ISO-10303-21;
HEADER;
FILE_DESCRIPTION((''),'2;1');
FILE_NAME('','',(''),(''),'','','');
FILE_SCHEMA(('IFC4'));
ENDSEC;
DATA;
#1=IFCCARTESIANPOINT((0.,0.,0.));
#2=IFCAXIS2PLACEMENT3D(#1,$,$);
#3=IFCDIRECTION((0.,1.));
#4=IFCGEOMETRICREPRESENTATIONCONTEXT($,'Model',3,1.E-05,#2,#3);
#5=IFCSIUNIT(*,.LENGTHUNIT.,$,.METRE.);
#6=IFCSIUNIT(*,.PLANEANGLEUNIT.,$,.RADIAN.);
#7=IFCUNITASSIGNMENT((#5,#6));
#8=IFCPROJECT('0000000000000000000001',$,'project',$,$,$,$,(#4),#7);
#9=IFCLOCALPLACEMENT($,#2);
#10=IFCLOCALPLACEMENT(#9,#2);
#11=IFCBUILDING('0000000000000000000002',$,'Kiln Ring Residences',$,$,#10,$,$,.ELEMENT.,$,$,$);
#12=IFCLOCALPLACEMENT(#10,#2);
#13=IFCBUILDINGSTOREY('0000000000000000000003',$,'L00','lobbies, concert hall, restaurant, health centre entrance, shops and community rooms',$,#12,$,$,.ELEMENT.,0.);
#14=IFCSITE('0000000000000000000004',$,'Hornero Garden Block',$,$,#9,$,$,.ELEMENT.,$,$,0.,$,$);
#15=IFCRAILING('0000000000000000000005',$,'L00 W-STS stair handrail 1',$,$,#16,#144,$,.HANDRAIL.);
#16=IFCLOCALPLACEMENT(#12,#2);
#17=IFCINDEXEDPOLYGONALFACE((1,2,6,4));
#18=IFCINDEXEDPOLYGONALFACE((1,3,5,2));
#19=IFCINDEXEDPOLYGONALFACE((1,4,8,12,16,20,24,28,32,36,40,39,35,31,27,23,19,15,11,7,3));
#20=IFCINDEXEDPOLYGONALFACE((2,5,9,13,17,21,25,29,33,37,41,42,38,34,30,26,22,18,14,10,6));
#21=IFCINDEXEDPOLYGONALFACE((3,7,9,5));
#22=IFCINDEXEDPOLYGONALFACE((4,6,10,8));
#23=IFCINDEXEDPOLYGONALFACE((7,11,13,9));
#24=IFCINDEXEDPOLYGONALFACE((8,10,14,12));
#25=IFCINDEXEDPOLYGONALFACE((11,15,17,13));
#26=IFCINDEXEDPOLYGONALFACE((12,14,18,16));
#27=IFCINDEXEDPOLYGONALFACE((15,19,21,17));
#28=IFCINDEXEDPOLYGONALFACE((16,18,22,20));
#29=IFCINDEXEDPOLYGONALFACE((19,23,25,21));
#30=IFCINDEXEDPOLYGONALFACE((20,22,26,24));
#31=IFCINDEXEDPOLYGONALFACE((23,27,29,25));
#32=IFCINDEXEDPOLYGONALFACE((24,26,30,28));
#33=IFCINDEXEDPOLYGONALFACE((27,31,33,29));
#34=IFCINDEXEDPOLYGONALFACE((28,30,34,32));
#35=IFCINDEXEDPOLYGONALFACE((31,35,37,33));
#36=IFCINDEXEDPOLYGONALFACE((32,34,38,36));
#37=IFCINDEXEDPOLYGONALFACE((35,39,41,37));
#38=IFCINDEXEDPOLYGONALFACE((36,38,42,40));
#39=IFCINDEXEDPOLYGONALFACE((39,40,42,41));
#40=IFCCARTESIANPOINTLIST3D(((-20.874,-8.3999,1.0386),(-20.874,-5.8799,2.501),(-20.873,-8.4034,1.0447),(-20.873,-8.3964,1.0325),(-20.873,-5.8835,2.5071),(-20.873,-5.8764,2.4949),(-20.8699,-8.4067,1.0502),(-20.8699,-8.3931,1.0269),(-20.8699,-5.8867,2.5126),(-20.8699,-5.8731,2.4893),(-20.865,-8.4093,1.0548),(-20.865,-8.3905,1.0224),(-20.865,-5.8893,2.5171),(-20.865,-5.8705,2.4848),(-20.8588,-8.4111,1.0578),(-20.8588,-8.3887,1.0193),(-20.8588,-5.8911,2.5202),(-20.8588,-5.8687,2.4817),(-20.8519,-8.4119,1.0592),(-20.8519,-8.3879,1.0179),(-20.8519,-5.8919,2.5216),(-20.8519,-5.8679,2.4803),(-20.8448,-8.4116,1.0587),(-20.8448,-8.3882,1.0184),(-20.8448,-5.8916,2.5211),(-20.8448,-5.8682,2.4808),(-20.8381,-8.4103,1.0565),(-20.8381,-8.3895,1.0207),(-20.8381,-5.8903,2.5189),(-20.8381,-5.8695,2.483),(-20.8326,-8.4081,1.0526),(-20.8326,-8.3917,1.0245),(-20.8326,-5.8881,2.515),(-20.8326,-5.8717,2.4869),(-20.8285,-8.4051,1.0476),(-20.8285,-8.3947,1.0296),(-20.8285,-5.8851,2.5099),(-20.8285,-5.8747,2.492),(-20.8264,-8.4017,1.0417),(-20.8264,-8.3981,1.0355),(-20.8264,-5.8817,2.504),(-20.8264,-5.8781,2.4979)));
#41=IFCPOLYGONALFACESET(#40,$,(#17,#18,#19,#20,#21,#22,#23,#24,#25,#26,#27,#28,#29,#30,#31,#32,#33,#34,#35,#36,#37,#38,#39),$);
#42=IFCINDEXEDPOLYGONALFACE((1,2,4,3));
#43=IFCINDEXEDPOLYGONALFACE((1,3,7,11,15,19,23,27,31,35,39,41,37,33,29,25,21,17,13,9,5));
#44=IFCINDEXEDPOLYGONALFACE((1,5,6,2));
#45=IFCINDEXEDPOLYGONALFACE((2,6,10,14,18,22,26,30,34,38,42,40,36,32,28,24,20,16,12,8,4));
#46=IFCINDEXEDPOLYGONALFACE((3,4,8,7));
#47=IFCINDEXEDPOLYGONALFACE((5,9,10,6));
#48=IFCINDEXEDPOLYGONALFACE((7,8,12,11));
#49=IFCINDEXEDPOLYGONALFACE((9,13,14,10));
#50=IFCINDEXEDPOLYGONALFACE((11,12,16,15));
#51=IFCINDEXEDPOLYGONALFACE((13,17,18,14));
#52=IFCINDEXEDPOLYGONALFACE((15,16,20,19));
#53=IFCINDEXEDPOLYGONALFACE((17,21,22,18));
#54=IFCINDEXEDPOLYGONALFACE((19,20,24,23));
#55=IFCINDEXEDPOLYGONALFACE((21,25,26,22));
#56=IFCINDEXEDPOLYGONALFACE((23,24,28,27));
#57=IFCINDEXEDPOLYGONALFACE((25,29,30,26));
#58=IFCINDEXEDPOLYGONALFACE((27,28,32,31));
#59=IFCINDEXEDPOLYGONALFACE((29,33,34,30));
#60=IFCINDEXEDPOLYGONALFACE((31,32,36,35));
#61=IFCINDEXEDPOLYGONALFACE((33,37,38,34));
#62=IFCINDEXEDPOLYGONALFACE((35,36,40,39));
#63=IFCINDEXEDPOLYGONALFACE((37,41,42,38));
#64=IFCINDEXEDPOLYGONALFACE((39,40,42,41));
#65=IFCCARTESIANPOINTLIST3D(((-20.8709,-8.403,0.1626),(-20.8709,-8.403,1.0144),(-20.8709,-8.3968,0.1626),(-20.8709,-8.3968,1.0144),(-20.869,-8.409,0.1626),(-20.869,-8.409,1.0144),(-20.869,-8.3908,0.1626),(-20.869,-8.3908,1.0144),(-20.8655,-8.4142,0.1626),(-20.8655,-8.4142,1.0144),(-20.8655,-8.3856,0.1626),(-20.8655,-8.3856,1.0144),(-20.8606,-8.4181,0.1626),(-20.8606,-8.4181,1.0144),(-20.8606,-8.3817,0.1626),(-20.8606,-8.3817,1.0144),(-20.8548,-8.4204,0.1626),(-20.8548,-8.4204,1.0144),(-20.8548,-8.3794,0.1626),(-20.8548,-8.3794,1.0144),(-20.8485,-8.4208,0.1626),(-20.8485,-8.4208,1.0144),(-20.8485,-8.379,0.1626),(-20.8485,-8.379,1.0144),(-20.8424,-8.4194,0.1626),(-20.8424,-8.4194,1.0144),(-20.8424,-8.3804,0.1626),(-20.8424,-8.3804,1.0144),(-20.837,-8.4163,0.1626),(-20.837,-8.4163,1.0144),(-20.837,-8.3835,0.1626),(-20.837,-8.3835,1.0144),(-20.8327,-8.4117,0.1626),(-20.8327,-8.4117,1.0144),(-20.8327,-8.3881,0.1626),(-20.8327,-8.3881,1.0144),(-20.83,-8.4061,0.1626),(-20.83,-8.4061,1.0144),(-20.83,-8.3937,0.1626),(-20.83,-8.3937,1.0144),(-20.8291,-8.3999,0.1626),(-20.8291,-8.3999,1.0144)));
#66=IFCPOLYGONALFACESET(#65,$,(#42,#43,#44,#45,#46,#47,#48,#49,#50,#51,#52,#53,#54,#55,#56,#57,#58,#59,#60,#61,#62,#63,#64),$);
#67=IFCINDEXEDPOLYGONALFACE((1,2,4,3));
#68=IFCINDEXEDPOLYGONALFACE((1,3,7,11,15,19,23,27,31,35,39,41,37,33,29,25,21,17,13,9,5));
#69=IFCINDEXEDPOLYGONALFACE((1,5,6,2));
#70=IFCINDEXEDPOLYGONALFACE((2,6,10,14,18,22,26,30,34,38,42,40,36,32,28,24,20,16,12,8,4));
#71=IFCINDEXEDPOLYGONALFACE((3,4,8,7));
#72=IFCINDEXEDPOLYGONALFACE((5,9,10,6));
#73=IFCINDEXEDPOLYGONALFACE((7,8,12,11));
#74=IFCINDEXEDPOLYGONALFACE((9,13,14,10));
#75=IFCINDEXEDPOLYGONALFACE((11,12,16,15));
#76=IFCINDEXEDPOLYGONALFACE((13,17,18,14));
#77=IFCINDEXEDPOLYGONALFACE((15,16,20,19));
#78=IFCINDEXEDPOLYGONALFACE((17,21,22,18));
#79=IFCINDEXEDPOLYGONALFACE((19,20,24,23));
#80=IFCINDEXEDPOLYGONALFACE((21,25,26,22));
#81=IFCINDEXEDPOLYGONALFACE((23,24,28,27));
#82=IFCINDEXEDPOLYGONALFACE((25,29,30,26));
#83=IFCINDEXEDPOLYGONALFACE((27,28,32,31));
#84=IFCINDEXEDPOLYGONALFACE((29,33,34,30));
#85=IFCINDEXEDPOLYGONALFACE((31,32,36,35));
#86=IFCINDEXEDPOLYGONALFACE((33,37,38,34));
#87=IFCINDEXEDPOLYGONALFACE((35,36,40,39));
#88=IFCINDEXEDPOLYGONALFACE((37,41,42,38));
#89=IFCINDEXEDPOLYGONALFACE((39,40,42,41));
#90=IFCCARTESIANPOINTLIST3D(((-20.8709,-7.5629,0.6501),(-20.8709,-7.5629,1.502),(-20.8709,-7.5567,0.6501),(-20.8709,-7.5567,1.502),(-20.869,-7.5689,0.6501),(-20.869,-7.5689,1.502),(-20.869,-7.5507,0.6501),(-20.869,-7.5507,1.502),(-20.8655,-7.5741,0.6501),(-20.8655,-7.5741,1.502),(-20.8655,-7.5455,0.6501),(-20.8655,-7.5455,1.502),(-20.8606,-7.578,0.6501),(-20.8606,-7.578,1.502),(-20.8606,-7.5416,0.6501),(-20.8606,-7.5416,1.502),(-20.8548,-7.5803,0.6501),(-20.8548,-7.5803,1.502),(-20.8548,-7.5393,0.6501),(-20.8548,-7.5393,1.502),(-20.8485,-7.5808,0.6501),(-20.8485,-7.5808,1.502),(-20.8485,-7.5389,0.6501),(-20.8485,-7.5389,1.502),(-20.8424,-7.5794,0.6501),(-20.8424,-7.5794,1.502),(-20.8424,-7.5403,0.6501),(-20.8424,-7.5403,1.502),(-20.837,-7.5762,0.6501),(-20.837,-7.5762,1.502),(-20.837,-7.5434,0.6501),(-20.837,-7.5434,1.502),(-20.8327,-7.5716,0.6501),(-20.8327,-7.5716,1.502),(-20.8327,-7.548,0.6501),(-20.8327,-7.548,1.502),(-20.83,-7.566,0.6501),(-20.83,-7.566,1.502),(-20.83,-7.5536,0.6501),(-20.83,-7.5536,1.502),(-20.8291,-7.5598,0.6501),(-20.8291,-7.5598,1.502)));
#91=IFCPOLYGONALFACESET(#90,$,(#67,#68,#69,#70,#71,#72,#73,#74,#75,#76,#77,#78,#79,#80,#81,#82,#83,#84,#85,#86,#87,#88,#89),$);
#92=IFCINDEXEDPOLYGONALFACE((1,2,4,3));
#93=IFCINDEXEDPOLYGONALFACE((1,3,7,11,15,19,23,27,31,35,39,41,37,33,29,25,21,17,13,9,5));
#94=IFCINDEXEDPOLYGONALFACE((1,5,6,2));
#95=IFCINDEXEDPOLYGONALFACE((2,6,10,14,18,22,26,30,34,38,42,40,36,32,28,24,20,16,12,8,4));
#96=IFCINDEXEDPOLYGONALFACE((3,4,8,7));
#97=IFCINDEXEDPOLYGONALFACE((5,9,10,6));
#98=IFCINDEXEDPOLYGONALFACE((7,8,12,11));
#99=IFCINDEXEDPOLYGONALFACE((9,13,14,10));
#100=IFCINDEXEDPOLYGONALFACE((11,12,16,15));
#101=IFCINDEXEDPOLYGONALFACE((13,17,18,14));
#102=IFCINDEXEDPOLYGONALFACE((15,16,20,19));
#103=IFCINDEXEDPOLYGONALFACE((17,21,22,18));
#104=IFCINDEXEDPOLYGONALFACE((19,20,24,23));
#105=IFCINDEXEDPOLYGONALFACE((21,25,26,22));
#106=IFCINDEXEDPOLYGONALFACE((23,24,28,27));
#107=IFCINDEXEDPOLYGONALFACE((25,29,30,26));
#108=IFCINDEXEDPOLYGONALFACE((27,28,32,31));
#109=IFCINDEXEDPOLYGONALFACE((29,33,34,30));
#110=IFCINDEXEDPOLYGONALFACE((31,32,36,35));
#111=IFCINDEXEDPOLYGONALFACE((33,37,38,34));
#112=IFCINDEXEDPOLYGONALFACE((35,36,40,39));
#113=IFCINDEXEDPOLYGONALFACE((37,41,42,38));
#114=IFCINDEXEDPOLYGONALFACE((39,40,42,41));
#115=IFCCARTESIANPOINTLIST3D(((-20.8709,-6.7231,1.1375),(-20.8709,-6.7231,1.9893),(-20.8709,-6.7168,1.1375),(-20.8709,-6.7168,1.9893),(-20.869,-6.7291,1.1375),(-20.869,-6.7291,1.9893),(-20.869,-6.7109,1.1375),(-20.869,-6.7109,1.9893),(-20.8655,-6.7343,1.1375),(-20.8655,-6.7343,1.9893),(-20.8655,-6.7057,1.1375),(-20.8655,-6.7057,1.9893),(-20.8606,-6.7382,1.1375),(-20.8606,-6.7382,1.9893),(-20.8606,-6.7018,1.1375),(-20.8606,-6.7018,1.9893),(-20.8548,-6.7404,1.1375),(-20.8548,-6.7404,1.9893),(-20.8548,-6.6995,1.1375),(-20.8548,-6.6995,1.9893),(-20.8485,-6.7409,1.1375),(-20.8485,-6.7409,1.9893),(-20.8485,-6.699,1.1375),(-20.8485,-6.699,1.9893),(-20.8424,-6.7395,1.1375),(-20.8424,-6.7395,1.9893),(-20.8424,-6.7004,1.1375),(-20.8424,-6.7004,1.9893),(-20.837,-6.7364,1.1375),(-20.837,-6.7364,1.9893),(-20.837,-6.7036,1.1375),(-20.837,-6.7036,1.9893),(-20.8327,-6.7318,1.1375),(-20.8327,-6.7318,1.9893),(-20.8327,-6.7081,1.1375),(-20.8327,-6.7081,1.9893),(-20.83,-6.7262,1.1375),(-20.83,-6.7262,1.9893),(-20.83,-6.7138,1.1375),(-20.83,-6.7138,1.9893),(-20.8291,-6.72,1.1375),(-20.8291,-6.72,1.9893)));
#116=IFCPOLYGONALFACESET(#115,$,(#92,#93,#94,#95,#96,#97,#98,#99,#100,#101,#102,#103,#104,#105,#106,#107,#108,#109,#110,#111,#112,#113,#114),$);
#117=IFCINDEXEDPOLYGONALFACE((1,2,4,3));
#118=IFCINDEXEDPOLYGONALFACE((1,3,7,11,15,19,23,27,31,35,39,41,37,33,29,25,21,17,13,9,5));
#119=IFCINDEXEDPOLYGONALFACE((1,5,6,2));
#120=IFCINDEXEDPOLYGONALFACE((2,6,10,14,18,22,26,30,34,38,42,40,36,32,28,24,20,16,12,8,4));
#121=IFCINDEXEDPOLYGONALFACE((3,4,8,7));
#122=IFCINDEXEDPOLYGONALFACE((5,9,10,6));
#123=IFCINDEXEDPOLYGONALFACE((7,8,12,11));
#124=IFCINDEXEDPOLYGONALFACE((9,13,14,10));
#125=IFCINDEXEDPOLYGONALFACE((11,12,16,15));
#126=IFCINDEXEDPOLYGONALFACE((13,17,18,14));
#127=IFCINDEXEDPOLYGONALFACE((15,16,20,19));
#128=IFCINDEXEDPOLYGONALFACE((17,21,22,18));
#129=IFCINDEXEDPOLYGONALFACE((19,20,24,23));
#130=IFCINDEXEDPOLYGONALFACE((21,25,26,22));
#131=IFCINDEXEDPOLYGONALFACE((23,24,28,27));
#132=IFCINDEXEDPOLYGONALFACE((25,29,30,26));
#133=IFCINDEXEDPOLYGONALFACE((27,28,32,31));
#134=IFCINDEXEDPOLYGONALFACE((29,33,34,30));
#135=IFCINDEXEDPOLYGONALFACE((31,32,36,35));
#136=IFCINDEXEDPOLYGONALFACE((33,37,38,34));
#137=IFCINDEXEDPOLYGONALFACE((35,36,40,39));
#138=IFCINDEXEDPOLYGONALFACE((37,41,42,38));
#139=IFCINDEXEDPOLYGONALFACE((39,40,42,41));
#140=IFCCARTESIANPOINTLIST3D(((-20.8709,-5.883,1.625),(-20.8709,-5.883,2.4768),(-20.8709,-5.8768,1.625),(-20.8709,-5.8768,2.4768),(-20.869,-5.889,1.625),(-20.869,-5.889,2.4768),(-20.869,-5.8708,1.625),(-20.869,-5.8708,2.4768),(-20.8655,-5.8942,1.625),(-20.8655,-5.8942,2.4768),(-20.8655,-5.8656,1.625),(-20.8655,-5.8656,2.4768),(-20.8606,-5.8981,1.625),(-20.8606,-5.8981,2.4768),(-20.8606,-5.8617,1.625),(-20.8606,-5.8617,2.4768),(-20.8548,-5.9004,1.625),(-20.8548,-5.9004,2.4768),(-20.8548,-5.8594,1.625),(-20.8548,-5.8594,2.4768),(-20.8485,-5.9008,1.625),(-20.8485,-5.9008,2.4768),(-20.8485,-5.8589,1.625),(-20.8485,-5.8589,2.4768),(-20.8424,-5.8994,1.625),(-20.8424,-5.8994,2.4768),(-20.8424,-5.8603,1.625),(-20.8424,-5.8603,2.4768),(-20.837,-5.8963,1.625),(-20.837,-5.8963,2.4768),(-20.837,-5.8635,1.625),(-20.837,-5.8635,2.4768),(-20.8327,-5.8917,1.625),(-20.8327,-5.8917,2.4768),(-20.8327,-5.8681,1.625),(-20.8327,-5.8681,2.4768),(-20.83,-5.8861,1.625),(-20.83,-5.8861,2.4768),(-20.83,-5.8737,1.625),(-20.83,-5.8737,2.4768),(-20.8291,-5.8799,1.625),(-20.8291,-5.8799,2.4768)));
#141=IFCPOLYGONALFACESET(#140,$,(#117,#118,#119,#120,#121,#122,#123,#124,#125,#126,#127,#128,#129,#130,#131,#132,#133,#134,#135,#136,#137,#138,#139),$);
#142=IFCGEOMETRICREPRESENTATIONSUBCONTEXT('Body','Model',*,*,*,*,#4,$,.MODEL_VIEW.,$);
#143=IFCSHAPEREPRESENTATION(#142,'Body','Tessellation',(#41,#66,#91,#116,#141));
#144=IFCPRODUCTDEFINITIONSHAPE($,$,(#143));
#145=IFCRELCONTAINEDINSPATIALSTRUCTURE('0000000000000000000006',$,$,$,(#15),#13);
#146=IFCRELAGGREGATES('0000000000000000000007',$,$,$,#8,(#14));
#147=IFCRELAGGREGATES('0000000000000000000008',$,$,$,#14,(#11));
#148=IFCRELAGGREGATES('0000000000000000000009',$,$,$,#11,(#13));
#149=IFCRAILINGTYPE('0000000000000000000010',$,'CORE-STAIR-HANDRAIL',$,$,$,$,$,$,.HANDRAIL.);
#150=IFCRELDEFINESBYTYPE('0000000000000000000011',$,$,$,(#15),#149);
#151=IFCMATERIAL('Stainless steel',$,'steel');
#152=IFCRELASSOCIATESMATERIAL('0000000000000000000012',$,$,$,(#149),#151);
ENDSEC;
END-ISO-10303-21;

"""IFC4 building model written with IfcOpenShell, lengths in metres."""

from ifc_helpers import new_model, si_unit, direction, frame, origin, origin_2d, place, context, subcontext, project, spatial, circle, extrude, material, type_object, element, save


model = new_model("IFC4")

# Units and contexts
model_context = context("Model", 3, precision=1e-05, world=origin(), true_north=direction((0.0, 1.0)))
body_context = subcontext(model_context, "Body", "Model", "MODEL_VIEW")
ifc_project = project(units=[si_unit("LENGTHUNIT", "METRE"), si_unit("PLANEANGLEUNIT", "RADIAN")], contexts=[model_context])

# Site, building, storey
site_placement = place(None, origin())
site = spatial("IfcSite", under=ifc_project, at=site_placement, Name="Hornero Garden Block", CompositionType="ELEMENT", RefElevation=0.0)
building_placement = place(site_placement, origin())
building = spatial("IfcBuilding", under=site, at=building_placement, Name="Kiln Ring Residences", CompositionType="ELEMENT")
storey_placement = place(building_placement, origin())
storey = spatial("IfcBuildingStorey", under=building, at=storey_placement, Name="L00", Description="lobbies, concert hall, restaurant, health centre entrance, shops and community rooms", CompositionType="ELEMENT", Elevation=0.0)

# Railing
ifc_material_1 = material(Name="Stainless steel", Category="steel")
railing_type_1 = type_object("IfcRailingType", Name="CORE-STAIR-HANDRAIL", PredefinedType="HANDRAIL", material=ifc_material_1)
for number, where, name in (
    (1, (-20.8501, -8.3999, 0.1626), "L00 W-STS stair handrail 1"),
):
    element("IfcRailing", number, at=place(storey_placement, frame(where)), inside=storey, type_object=railing_type_1, Name=name, PredefinedType="HANDRAIL", context=body_context, shape_type="SweptSolid", body=[
        extrude(circle(Radius=0.0239, at=origin_2d()), frame((0.0, 0.0, 0.876), z_axis=(0.0, 0.864913, 0.501921), x_axis=(-1.0, 0.0, 0.0)), (0.0, 0.0, 1.0), 2.9136),
        extrude(circle(Radius=0.021, at=origin_2d()), origin(), (0.0, 0.0, 1.0), 0.8518),
        extrude(circle(Radius=0.021, at=origin_2d()), frame((0.0, 0.8401, 0.4875)), (0.0, 0.0, 1.0), 0.8518),
        extrude(circle(Radius=0.021, at=origin_2d()), frame((0.0, 1.6799, 0.9749)), (0.0, 0.0, 1.0), 0.8518),
        extrude(circle(Radius=0.021, at=origin_2d()), frame((0.0, 2.52, 1.4624)), (0.0, 0.0, 1.0), 0.8518),
    ])

save(model, "model.ifc")
